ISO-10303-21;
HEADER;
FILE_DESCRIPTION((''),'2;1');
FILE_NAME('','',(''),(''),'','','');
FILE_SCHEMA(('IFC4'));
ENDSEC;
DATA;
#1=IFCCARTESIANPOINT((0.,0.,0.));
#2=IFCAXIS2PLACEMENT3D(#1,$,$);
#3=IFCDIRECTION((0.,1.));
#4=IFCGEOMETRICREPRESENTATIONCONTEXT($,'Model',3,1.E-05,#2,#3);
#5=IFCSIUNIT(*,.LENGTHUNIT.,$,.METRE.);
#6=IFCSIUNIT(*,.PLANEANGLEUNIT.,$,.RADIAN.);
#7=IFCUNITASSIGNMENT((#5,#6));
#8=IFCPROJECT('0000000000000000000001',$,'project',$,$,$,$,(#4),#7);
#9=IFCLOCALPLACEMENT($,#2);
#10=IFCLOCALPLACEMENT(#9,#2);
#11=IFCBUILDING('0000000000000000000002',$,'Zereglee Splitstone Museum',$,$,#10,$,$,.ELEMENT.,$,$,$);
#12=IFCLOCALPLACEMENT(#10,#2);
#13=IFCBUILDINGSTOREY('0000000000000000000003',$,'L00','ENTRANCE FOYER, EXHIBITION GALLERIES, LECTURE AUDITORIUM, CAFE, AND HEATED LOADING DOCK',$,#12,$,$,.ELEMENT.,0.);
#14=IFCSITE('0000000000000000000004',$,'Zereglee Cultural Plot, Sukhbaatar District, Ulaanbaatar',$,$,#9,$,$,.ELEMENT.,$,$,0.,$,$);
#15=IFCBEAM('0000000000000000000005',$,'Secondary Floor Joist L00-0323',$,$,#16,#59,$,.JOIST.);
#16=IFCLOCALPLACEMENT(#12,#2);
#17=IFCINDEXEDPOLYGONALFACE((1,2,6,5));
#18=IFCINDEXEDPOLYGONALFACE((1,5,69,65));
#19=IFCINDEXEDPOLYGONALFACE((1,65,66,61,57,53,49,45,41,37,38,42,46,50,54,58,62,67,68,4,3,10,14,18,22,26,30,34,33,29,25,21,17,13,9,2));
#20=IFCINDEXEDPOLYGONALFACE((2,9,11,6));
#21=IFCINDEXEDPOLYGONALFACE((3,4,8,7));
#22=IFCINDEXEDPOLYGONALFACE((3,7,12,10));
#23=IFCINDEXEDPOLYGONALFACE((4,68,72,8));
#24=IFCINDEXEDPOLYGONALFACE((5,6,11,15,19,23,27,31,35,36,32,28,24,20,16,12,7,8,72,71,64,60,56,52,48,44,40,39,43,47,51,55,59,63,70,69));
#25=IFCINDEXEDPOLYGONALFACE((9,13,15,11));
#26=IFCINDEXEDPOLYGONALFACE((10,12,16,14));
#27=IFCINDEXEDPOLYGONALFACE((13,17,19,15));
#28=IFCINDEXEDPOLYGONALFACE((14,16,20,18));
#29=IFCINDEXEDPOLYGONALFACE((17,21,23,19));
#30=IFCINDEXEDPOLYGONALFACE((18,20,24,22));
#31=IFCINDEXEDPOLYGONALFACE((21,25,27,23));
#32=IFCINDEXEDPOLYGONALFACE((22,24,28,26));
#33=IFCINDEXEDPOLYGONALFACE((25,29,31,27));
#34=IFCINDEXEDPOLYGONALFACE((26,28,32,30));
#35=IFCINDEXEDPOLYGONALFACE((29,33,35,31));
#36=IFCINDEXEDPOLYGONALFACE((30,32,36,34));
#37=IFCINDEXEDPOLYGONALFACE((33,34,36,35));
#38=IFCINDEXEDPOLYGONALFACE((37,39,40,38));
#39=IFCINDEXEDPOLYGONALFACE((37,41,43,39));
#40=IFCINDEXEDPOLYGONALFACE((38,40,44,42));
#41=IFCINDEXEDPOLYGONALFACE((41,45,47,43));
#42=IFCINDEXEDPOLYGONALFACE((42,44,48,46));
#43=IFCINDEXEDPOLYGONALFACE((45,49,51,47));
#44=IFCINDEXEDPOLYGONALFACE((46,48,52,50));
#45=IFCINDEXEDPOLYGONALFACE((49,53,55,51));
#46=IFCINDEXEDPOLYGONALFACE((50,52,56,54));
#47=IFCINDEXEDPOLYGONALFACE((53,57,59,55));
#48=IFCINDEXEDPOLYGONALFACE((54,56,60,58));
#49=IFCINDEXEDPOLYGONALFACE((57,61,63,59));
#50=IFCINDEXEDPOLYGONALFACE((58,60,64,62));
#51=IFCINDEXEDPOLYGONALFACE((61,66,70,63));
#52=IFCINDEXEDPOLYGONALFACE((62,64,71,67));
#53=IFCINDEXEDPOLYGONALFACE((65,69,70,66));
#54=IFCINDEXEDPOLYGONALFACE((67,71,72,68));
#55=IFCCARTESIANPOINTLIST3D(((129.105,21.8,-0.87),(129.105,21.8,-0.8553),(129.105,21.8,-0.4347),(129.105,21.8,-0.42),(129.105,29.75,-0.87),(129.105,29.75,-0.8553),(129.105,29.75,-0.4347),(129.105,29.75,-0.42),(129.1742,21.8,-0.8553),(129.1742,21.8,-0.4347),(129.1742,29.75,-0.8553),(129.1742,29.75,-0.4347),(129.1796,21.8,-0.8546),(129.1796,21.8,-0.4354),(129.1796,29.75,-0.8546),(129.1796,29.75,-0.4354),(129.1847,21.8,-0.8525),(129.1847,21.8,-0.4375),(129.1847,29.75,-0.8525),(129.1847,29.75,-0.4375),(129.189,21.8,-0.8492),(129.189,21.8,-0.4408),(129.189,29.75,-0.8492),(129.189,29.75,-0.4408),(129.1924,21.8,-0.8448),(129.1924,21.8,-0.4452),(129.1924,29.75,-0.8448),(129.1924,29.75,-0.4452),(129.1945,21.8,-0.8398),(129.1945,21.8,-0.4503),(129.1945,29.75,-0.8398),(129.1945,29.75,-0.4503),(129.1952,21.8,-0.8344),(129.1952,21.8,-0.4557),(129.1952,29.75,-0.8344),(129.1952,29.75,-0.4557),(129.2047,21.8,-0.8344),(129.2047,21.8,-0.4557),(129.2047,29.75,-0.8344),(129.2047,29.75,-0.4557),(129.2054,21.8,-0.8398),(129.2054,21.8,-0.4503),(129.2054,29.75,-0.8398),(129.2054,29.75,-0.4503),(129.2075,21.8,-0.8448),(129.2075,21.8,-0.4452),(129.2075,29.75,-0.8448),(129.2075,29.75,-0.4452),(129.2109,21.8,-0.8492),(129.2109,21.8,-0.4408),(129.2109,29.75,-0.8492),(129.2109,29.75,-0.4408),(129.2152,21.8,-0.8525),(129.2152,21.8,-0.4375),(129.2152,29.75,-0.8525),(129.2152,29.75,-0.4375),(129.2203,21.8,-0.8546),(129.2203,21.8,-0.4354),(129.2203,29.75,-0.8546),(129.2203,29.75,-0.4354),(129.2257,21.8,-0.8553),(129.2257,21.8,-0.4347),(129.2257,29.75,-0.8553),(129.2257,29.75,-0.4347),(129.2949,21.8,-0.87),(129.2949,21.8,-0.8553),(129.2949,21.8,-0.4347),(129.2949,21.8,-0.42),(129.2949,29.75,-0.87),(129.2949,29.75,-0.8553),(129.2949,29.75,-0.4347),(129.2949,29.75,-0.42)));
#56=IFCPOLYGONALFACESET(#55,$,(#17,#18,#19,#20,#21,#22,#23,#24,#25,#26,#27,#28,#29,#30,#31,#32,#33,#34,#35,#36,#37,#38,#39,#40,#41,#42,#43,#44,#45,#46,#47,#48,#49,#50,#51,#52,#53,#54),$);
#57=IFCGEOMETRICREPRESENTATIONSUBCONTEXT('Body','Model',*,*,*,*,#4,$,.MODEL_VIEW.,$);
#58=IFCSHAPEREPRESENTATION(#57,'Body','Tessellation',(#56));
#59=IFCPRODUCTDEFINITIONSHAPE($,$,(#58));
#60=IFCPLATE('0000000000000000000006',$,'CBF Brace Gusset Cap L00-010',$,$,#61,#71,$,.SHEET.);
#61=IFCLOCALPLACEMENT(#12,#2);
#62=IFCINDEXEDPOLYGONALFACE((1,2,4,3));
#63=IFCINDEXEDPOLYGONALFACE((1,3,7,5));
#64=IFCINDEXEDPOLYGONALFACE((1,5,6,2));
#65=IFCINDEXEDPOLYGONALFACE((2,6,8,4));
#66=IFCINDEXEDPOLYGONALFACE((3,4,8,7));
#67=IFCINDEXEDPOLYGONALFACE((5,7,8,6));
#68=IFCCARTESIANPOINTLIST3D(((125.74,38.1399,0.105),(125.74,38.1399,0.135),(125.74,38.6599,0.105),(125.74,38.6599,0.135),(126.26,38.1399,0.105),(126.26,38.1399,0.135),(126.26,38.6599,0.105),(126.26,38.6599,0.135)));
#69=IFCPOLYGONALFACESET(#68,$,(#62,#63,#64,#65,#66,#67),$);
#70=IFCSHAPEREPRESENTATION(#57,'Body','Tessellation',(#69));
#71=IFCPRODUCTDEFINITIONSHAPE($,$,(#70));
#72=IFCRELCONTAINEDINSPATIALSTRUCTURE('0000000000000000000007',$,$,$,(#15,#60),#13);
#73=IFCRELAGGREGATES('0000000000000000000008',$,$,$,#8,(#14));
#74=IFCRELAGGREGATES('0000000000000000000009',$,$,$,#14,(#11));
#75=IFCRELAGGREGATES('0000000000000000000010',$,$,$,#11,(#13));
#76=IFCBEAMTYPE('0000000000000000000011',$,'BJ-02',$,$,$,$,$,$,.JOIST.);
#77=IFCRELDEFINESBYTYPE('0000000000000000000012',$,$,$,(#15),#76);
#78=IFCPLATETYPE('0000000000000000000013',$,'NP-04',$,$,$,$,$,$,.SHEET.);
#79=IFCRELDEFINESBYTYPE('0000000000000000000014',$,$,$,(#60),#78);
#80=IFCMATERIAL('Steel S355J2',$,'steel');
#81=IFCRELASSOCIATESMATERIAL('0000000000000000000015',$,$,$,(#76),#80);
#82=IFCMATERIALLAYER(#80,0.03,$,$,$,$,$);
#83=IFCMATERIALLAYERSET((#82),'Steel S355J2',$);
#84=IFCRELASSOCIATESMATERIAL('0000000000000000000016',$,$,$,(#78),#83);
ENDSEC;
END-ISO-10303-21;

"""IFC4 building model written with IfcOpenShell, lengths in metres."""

from ifc_helpers import new_model, si_unit, direction, frame, origin, origin_2d, place, context, subcontext, project, spatial, rectangle, i_section, extrude, material, layer, layer_set, material_profile, profile_set, type_object, element, save


model = new_model("IFC4")

# Units and contexts
model_context = context("Model", 3, precision=1e-05, world=origin(), true_north=direction((0.0, 1.0)))
body_context = subcontext(model_context, "Body", "Model", "MODEL_VIEW")
ifc_project = project(units=[si_unit("LENGTHUNIT", "METRE"), si_unit("PLANEANGLEUNIT", "RADIAN")], contexts=[model_context])

# Site, building, storey
site_placement = place(None, origin())
site = spatial("IfcSite", under=ifc_project, at=site_placement, Name="Zereglee Cultural Plot, Sukhbaatar District, Ulaanbaatar", CompositionType="ELEMENT", RefElevation=0.0)
building_placement = place(site_placement, origin())
building = spatial("IfcBuilding", under=site, at=building_placement, Name="Zereglee Splitstone Museum", CompositionType="ELEMENT")
storey_placement = place(building_placement, origin())
storey = spatial("IfcBuildingStorey", under=building, at=storey_placement, Name="L00", Description="ENTRANCE FOYER, EXHIBITION GALLERIES, LECTURE AUDITORIUM, CAFE, AND HEATED LOADING DOCK", CompositionType="ELEMENT", Elevation=0.0)

# Beam
ifc_material_1 = material(Name="Steel S355J2", Category="steel")
ifc_material_profile_1 = material_profile(ifc_material_1, i_section(OverallWidth=0.1899, OverallDepth=0.45, WebThickness=0.0095, FlangeThickness=0.0146, FilletRadius=0.021, at=origin_2d()), Name="IPE 450")
ifc_profile_set_1 = profile_set([ifc_material_profile_1], Name="Steel S355J2")
beam_type_1 = type_object("IfcBeamType", Name="BJ-02", PredefinedType="JOIST", material=ifc_profile_set_1)
beam_1_placement = place(storey_placement, frame((129.2, 21.8, -0.645), z_axis=(0.0, 1.0, 0.0), x_axis=(-1.0, 0.0, 0.0)))
element("IfcBeam", 1, at=beam_1_placement, inside=storey, type_object=beam_type_1, Name="Secondary Floor Joist L00-0323", PredefinedType="JOIST", context=body_context, shape_type="SweptSolid", body=[
    extrude(i_section(OverallWidth=0.1899, OverallDepth=0.45, WebThickness=0.0095, FlangeThickness=0.0146, FilletRadius=0.021, at=origin_2d()), origin(), (0.0, 0.0, 1.0), 7.95),
])

# Plate
ifc_layer = layer(ifc_material_1, 0.03)
ifc_layer_set = layer_set([ifc_layer], Name="Steel S355J2")
plate_type = type_object("IfcPlateType", Name="NP-04", PredefinedType="SHEET", material=ifc_layer_set)
plate_placement = place(storey_placement, frame((126.0, 38.3999, 0.105), z_axis=(0.0, 0.0, 1.0), x_axis=(1.0, 0.0, 0.0)))
element("IfcPlate", 2, at=plate_placement, inside=storey, type_object=plate_type, Name="CBF Brace Gusset Cap L00-010", PredefinedType="SHEET", context=body_context, shape_type="SweptSolid", body=[
    extrude(rectangle(XDim=0.52, YDim=0.52, at=origin_2d()), origin(), (0.0, 0.0, 1.0), 0.03),
])

save(model, "model.ifc")
